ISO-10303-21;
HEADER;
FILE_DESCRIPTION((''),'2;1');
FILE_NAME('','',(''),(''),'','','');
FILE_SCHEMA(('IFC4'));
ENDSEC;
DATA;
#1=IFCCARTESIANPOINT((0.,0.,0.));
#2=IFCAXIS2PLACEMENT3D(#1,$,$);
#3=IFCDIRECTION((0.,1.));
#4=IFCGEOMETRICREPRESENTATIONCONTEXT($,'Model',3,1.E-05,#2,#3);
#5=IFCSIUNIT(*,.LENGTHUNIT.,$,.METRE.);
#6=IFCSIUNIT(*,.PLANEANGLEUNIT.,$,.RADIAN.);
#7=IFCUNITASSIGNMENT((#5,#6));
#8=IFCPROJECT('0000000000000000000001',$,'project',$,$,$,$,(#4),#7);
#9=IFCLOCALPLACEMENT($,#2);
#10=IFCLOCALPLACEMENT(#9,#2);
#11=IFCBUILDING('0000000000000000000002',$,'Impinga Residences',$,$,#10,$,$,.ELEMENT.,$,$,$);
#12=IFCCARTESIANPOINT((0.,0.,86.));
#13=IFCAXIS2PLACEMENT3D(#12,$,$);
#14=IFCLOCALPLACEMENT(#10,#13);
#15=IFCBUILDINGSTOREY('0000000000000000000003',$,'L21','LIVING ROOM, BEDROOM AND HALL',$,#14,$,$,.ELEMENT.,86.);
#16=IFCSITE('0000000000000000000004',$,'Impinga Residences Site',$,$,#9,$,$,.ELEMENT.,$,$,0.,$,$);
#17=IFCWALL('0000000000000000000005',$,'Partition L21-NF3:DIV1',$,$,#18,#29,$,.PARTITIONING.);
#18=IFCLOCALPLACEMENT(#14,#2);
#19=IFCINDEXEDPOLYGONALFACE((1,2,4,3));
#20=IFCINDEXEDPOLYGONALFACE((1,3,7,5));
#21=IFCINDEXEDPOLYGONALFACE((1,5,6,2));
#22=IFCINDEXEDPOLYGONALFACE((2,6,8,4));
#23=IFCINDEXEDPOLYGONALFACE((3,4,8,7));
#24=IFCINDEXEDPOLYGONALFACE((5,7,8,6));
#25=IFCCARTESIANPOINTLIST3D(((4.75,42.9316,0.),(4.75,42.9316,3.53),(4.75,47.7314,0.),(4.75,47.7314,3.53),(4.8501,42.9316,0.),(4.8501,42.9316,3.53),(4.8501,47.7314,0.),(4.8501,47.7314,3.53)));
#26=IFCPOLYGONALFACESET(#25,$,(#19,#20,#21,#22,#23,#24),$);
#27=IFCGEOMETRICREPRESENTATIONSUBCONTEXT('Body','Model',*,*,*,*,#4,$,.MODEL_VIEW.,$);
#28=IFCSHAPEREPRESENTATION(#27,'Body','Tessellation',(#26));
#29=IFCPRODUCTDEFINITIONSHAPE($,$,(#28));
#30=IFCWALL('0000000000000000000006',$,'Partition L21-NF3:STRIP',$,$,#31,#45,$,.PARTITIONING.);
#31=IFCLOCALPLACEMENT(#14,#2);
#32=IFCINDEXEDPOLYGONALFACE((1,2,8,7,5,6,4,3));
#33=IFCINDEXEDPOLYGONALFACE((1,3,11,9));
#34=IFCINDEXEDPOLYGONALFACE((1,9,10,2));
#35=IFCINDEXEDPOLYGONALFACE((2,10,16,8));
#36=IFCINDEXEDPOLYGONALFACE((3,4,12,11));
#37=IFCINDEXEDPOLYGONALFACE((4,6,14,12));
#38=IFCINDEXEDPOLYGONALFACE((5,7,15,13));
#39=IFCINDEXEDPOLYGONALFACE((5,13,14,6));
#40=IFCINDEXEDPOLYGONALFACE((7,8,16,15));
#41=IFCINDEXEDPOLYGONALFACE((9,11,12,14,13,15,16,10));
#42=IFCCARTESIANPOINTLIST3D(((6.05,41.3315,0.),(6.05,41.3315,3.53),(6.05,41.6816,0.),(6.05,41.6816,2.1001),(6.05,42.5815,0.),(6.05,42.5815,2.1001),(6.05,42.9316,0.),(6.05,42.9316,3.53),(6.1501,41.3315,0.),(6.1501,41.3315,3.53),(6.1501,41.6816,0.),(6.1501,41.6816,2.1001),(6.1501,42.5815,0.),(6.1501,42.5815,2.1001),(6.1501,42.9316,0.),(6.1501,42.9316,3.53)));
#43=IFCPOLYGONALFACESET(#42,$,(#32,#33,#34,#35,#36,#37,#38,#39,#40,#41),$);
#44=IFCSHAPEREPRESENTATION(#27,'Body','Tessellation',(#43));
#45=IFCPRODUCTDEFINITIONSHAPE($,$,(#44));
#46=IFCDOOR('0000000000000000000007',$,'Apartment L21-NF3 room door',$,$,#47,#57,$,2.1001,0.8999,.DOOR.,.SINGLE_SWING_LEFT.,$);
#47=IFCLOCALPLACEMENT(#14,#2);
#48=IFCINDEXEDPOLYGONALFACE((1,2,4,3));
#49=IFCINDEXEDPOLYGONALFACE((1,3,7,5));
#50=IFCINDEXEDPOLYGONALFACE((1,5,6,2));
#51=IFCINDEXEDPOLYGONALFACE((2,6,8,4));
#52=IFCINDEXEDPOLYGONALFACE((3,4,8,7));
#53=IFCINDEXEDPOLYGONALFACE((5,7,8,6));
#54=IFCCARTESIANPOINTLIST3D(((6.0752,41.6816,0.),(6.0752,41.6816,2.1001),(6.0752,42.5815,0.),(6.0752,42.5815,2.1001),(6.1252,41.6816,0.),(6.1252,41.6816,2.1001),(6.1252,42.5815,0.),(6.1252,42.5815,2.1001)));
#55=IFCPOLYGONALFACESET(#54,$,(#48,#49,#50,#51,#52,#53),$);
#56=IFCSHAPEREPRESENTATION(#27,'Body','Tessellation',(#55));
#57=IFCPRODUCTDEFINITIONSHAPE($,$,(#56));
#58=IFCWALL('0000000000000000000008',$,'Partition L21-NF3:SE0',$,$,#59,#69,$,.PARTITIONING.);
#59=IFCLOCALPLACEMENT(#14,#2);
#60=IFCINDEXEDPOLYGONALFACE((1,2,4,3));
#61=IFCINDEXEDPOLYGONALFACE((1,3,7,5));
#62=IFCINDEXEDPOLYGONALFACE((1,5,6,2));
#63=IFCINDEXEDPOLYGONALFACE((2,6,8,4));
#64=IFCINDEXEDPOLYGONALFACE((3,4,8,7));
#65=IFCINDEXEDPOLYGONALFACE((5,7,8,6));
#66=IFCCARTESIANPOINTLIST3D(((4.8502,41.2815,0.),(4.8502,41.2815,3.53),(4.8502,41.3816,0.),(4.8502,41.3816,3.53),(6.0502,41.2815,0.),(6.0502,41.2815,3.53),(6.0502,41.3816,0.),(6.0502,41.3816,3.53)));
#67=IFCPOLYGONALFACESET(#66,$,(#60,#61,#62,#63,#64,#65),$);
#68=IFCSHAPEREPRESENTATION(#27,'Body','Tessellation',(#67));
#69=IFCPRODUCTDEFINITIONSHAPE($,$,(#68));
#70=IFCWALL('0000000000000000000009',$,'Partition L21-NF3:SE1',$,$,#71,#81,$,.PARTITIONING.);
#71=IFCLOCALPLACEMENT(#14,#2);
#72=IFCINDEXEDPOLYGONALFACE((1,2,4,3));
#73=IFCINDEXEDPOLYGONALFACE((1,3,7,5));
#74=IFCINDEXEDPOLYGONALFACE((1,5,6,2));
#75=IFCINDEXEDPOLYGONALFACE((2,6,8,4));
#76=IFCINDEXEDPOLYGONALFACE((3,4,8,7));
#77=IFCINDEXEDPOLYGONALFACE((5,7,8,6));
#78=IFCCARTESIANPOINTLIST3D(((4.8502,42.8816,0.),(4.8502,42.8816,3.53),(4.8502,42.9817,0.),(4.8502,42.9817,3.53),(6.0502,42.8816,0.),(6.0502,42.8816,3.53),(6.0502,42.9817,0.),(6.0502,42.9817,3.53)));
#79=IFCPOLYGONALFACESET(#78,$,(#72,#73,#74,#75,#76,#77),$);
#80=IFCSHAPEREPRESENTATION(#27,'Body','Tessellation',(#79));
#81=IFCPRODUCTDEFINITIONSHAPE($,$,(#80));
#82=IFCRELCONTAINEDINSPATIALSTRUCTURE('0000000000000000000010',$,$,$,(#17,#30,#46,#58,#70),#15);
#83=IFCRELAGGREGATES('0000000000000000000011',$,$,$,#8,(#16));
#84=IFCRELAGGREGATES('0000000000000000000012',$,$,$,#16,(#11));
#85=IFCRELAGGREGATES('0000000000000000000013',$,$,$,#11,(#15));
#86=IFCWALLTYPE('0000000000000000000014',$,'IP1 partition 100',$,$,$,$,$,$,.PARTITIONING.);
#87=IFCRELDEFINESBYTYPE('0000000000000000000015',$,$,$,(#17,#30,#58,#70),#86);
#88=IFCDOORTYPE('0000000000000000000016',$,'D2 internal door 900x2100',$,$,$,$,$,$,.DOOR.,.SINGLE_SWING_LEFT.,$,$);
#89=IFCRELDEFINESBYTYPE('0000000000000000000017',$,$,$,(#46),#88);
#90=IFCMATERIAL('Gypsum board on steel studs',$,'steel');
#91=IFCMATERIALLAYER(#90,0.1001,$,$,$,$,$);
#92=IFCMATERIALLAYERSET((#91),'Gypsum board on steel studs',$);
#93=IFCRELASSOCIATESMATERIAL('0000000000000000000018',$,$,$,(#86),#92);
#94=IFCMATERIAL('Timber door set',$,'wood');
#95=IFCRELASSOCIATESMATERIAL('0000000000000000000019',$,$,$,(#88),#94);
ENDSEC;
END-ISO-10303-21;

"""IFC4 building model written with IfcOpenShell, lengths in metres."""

from ifc_helpers import new_model, si_unit, direction, frame, frame_2d, origin, place, context, subcontext, project, spatial, rectangle, extrude, material, layer, layer_set, type_object, element, fill, save


model = new_model("IFC4")

# Units and contexts
model_context = context("Model", 3, precision=1e-05, world=origin(), true_north=direction((0.0, 1.0)))
body_context = subcontext(model_context, "Body", "Model", "MODEL_VIEW")
ifc_project = project(units=[si_unit("LENGTHUNIT", "METRE"), si_unit("PLANEANGLEUNIT", "RADIAN")], contexts=[model_context])

# Site, building, storey
site_placement = place(None, origin())
site = spatial("IfcSite", under=ifc_project, at=site_placement, Name="Impinga Residences Site", CompositionType="ELEMENT", RefElevation=0.0)
building_placement = place(site_placement, origin())
building = spatial("IfcBuilding", under=site, at=building_placement, Name="Impinga Residences", CompositionType="ELEMENT")
storey_placement = place(building_placement, frame((0.0, 0.0, 86.0)))
storey = spatial("IfcBuildingStorey", under=building, at=storey_placement, Name="L21", Description="LIVING ROOM, BEDROOM AND HALL", CompositionType="ELEMENT", Elevation=86.0)

# Wall
ifc_material_1 = material(Name="Gypsum board on steel studs", Category="steel")
ifc_layer_1 = layer(ifc_material_1, 0.1001)
ifc_layer_set_1 = layer_set([ifc_layer_1], Name="Gypsum board on steel studs")
wall_type_1 = type_object("IfcWallType", Name="IP1 partition 100", PredefinedType="PARTITIONING", material=ifc_layer_set_1)
wall_1_placement = place(storey_placement, frame((4.8, 42.9316, 0.0), z_axis=(0.0, 0.0, 1.0), x_axis=(0.0, 1.0, 0.0)))
element("IfcWall", 1, at=wall_1_placement, inside=storey, type_object=wall_type_1, Name="Partition L21-NF3:DIV1", PredefinedType="PARTITIONING", context=body_context, shape_type="SweptSolid", body=[
    extrude(rectangle(XDim=4.7998, YDim=0.1001, at=frame_2d((2.3999, 0.0))), origin(), (0.0, 0.0, 1.0), 3.53),
])

# Wall, opening, door
wall_2_placement = place(storey_placement, frame((6.1001, 41.3315, 0.0), z_axis=(0.0, 0.0, 1.0), x_axis=(0.0, 1.0, 0.0)))
wall_2 = element("IfcWall", 2, at=wall_2_placement, inside=storey, type_object=wall_type_1, Name="Partition L21-NF3:STRIP", PredefinedType="PARTITIONING", context=body_context, shape_type="SweptSolid", body=[
    extrude(rectangle(XDim=1.6001, YDim=0.1001, at=frame_2d((0.8, 0.0))), origin(), (0.0, 0.0, 1.0), 3.53),
])
opening_1_placement = place(wall_2_placement, frame((0.3501, 0.0, 0.0)))
opening_1 = element("IfcOpeningElement", 3, at=opening_1_placement, cuts=wall_2, PredefinedType="OPENING", context=body_context, shape_type="SweptSolid", body=[
    extrude(rectangle(XDim=0.8999, YDim=2.1001, at=frame_2d((0.45, 1.05))), frame((0.0, 0.0601, 0.0), z_axis=(0.0, -1.0, 0.0), x_axis=(1.0, 0.0, 0.0)), (0.0, 0.0, 1.0), 0.1201),
])
ifc_material_2 = material(Name="Timber door set", Category="wood")
door_type = type_object("IfcDoorType", Name="D2 internal door 900x2100", OperationType="SINGLE_SWING_LEFT", PredefinedType="DOOR", material=ifc_material_2)
door_placement = place(opening_1_placement, origin())
door = element("IfcDoor", 4, at=door_placement, inside=storey, type_object=door_type, Name="Apartment L21-NF3 room door", OperationType="SINGLE_SWING_LEFT", OverallHeight=2.1001, OverallWidth=0.8999, PredefinedType="DOOR", context=body_context, shape_type="SweptSolid", body=[
    extrude(rectangle(XDim=0.8999, YDim=2.1001, at=frame_2d((0.45, 1.05))), frame((0.0, 0.0249, 0.0), z_axis=(0.0, -1.0, 0.0), x_axis=(1.0, 0.0, 0.0)), (0.0, 0.0, 1.0), 0.05),
])
fill(opening_1, door)

# Walls
for number, where, z_axis, x_axis, name in (
    (5, (4.8501, 41.3315, 0.0), (0.0, 0.0, 1.0), (1.0, 0.0, 0.0), "Partition L21-NF3:SE0"),
    (6, (4.8501, 42.9316, 0.0), (0.0, 0.0, 1.0), (1.0, 0.0, 0.0), "Partition L21-NF3:SE1"),
):
    element("IfcWall", number, at=place(storey_placement, frame(where, z_axis=z_axis, x_axis=x_axis)), inside=storey, type_object=wall_type_1, Name=name, PredefinedType="PARTITIONING", context=body_context, shape_type="SweptSolid", body=[
        extrude(rectangle(XDim=1.2, YDim=0.1001, at=frame_2d((0.6001, 0.0))), origin(), (0.0, 0.0, 1.0), 3.53),
    ])

save(model, "model.ifc")
